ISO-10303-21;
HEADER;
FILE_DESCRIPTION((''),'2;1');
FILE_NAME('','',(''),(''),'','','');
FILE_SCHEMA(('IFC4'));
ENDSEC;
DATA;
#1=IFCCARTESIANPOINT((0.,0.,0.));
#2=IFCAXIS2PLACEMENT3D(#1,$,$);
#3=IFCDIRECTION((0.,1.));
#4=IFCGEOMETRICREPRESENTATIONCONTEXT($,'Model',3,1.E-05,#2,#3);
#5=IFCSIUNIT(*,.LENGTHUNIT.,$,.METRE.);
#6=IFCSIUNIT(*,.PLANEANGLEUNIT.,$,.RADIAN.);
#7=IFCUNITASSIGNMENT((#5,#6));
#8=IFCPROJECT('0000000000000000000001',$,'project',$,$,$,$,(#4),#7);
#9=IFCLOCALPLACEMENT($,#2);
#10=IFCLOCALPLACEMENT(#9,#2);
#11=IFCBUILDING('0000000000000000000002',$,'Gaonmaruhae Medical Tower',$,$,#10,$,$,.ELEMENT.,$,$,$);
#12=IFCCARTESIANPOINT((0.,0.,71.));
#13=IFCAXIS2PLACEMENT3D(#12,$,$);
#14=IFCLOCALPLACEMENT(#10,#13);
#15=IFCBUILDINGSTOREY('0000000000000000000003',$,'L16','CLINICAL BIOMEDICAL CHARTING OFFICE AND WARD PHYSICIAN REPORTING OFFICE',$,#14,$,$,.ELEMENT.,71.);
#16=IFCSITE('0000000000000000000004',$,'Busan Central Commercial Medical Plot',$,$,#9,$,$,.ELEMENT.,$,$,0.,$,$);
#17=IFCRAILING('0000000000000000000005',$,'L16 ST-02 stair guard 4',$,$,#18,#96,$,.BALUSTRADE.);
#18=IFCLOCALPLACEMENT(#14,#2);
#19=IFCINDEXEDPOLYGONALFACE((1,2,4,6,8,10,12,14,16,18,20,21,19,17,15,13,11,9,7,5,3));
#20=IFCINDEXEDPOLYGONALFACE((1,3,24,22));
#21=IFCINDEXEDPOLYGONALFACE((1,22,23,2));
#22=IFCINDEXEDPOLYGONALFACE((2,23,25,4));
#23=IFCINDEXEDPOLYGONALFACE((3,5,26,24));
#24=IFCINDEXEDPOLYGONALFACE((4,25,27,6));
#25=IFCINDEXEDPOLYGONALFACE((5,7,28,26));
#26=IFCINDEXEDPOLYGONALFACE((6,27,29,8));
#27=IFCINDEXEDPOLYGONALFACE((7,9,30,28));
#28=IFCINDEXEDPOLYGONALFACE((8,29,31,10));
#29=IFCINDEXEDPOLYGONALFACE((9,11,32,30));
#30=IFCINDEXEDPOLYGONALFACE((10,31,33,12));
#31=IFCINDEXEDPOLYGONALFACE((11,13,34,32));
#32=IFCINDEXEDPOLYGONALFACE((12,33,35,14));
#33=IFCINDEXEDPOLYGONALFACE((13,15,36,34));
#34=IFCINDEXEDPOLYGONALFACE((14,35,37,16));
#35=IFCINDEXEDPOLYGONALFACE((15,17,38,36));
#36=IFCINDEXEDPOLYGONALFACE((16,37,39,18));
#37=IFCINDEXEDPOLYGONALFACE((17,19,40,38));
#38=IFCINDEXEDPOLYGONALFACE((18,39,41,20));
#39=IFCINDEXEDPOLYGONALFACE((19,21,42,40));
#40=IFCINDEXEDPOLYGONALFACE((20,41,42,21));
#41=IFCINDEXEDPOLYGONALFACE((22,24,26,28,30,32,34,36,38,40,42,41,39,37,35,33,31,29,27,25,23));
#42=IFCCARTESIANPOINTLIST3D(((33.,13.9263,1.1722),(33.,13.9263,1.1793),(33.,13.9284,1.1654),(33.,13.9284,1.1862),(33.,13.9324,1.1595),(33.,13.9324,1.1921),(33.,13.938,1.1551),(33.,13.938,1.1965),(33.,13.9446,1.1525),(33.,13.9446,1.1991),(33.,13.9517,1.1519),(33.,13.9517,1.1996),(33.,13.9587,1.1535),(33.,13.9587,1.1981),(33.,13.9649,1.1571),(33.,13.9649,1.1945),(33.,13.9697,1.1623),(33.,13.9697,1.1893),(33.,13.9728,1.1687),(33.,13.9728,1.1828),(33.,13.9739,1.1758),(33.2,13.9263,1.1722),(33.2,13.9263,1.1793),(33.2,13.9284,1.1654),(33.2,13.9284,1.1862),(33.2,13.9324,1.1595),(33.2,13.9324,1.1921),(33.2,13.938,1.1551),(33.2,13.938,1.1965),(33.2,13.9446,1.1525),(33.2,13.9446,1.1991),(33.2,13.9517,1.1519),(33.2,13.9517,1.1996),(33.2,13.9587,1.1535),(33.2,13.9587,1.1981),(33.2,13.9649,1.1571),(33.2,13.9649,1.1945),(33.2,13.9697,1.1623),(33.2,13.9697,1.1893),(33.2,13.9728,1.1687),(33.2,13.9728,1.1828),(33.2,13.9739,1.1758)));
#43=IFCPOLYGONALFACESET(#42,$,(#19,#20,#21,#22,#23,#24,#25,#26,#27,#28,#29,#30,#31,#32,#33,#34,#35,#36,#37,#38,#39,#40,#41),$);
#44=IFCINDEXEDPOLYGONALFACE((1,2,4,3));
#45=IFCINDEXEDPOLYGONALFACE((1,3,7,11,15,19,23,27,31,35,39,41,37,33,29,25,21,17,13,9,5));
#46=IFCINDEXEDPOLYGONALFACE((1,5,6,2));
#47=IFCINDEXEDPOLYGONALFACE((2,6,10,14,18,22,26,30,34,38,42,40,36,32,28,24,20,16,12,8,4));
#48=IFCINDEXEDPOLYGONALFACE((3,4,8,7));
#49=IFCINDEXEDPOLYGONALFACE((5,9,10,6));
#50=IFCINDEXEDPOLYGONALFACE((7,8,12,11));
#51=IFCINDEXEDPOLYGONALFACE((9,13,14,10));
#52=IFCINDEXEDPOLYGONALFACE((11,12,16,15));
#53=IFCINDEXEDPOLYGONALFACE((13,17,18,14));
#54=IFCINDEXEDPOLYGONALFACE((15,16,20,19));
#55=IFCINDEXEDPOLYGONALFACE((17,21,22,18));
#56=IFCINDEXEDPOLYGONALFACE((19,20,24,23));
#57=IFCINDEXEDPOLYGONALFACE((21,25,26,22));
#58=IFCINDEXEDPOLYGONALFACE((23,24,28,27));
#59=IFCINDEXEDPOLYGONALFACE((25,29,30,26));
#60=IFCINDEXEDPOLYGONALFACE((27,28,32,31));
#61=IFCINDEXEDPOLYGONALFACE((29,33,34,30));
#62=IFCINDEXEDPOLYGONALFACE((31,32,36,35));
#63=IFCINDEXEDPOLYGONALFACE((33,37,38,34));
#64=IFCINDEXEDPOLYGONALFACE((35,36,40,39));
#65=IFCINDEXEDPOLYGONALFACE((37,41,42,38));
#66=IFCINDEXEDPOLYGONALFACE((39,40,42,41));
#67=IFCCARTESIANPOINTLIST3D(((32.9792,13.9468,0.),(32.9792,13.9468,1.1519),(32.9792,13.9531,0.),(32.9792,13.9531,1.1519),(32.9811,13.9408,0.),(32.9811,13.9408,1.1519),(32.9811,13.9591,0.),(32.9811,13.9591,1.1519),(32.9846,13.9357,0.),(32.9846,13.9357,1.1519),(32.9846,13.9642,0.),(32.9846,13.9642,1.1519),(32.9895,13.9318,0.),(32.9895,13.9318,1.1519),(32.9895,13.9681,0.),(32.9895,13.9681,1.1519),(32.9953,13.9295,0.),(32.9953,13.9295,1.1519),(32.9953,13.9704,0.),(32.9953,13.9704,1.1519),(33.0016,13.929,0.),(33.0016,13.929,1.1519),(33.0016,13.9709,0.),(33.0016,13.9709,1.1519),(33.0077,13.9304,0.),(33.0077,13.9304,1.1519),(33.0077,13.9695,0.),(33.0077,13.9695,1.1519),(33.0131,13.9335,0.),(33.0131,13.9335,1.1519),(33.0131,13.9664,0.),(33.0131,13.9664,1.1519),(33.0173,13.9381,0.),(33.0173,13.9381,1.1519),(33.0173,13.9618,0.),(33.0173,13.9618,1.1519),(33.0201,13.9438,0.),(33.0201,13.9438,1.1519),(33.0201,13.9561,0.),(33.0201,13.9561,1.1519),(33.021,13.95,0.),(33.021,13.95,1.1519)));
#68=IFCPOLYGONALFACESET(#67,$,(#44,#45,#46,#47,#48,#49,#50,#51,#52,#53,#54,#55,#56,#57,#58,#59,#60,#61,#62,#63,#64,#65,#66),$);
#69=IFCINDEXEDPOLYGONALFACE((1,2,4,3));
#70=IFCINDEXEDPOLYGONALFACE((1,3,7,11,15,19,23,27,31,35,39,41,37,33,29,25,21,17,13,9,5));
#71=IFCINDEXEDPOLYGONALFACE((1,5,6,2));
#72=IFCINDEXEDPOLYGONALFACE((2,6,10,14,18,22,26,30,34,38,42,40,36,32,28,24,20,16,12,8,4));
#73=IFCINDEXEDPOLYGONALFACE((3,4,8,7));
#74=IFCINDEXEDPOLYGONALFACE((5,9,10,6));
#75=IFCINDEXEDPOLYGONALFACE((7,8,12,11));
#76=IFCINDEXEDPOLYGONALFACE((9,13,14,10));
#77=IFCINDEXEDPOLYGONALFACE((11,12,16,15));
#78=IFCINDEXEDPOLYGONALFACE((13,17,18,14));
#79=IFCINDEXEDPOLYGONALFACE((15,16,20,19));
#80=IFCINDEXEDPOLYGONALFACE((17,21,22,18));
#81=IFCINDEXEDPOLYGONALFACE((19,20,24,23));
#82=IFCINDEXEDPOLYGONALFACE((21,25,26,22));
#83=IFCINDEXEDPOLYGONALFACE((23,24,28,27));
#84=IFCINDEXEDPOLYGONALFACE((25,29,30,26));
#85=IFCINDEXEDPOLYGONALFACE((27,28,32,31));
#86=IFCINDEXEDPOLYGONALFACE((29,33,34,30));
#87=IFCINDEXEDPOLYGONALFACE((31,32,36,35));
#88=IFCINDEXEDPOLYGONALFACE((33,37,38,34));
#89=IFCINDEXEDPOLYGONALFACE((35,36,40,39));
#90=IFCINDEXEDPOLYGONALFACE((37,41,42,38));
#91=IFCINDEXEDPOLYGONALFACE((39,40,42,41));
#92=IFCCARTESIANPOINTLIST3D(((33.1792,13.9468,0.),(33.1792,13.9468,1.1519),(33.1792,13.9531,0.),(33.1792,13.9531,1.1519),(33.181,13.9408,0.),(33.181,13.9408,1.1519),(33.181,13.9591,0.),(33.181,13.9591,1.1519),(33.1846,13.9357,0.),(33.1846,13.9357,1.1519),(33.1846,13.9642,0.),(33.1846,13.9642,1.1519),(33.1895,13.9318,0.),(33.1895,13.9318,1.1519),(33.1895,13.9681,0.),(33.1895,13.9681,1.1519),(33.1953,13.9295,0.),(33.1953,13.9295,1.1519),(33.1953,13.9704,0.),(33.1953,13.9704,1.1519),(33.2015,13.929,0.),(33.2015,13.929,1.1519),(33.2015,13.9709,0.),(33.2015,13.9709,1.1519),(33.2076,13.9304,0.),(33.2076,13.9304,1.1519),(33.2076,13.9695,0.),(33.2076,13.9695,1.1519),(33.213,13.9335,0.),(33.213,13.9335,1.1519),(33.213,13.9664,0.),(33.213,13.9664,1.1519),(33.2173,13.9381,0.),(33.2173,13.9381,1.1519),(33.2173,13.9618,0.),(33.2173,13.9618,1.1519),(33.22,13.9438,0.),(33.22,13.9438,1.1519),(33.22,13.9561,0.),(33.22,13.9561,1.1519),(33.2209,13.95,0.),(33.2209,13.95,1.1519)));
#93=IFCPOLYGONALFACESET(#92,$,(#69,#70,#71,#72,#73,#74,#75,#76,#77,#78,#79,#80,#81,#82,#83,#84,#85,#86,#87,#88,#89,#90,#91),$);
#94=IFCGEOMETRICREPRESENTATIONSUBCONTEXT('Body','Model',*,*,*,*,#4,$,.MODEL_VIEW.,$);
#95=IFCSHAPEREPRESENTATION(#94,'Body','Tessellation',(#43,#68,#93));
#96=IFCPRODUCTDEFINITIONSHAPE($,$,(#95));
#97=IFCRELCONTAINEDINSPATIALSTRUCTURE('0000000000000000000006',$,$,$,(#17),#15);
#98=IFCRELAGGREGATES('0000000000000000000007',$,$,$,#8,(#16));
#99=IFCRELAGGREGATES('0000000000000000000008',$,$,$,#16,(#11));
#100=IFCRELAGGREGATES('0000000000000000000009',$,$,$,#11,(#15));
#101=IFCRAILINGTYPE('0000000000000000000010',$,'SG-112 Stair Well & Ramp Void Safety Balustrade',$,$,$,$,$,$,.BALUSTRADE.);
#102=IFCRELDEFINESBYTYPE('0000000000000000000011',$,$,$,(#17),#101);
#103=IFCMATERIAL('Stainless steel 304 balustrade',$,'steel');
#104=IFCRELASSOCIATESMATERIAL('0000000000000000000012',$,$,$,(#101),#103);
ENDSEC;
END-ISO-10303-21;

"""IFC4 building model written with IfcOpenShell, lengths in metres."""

from ifc_helpers import new_model, si_unit, direction, frame, origin, origin_2d, place, context, subcontext, project, spatial, circle, extrude, material, type_object, element, save


model = new_model("IFC4")

# Units and contexts
model_context = context("Model", 3, precision=1e-05, world=origin(), true_north=direction((0.0, 1.0)))
body_context = subcontext(model_context, "Body", "Model", "MODEL_VIEW")
ifc_project = project(units=[si_unit("LENGTHUNIT", "METRE"), si_unit("PLANEANGLEUNIT", "RADIAN")], contexts=[model_context])

# Site, building, storey
site_placement = place(None, origin())
site = spatial("IfcSite", under=ifc_project, at=site_placement, Name="Busan Central Commercial Medical Plot", CompositionType="ELEMENT", RefElevation=0.0)
building_placement = place(site_placement, origin())
building = spatial("IfcBuilding", under=site, at=building_placement, Name="Gaonmaruhae Medical Tower", CompositionType="ELEMENT")
storey_placement = place(building_placement, frame((0.0, 0.0, 71.0)))
storey = spatial("IfcBuildingStorey", under=building, at=storey_placement, Name="L16", Description="CLINICAL BIOMEDICAL CHARTING OFFICE AND WARD PHYSICIAN REPORTING OFFICE", CompositionType="ELEMENT", Elevation=71.0)

# Railing
ifc_material_1 = material(Name="Stainless steel 304 balustrade", Category="steel")
railing_type_1 = type_object("IfcRailingType", Name="SG-112 Stair Well & Ramp Void Safety Balustrade", PredefinedType="BALUSTRADE", material=ifc_material_1)
railing_1_placement = place(storey_placement, frame((33.0, 13.95, 0.0)))
element("IfcRailing", 1, at=railing_1_placement, inside=storey, type_object=railing_type_1, Name="L16 ST-02 stair guard 4", PredefinedType="BALUSTRADE", context=body_context, shape_type="SweptSolid", body=[
    extrude(circle(Radius=0.0239, at=origin_2d()), frame((0.0, 0.0, 1.1758), z_axis=(1.0, 0.0, 0.0), x_axis=(0.0, 1.0, 0.0)), (0.0, 0.0, 1.0), 0.2),
    extrude(circle(Radius=0.021, at=origin_2d()), origin(), (0.0, 0.0, 1.0), 1.1519),
    extrude(circle(Radius=0.021, at=origin_2d()), frame((0.2, 0.0, 0.0)), (0.0, 0.0, 1.0), 1.1519),
])

save(model, "model.ifc")
